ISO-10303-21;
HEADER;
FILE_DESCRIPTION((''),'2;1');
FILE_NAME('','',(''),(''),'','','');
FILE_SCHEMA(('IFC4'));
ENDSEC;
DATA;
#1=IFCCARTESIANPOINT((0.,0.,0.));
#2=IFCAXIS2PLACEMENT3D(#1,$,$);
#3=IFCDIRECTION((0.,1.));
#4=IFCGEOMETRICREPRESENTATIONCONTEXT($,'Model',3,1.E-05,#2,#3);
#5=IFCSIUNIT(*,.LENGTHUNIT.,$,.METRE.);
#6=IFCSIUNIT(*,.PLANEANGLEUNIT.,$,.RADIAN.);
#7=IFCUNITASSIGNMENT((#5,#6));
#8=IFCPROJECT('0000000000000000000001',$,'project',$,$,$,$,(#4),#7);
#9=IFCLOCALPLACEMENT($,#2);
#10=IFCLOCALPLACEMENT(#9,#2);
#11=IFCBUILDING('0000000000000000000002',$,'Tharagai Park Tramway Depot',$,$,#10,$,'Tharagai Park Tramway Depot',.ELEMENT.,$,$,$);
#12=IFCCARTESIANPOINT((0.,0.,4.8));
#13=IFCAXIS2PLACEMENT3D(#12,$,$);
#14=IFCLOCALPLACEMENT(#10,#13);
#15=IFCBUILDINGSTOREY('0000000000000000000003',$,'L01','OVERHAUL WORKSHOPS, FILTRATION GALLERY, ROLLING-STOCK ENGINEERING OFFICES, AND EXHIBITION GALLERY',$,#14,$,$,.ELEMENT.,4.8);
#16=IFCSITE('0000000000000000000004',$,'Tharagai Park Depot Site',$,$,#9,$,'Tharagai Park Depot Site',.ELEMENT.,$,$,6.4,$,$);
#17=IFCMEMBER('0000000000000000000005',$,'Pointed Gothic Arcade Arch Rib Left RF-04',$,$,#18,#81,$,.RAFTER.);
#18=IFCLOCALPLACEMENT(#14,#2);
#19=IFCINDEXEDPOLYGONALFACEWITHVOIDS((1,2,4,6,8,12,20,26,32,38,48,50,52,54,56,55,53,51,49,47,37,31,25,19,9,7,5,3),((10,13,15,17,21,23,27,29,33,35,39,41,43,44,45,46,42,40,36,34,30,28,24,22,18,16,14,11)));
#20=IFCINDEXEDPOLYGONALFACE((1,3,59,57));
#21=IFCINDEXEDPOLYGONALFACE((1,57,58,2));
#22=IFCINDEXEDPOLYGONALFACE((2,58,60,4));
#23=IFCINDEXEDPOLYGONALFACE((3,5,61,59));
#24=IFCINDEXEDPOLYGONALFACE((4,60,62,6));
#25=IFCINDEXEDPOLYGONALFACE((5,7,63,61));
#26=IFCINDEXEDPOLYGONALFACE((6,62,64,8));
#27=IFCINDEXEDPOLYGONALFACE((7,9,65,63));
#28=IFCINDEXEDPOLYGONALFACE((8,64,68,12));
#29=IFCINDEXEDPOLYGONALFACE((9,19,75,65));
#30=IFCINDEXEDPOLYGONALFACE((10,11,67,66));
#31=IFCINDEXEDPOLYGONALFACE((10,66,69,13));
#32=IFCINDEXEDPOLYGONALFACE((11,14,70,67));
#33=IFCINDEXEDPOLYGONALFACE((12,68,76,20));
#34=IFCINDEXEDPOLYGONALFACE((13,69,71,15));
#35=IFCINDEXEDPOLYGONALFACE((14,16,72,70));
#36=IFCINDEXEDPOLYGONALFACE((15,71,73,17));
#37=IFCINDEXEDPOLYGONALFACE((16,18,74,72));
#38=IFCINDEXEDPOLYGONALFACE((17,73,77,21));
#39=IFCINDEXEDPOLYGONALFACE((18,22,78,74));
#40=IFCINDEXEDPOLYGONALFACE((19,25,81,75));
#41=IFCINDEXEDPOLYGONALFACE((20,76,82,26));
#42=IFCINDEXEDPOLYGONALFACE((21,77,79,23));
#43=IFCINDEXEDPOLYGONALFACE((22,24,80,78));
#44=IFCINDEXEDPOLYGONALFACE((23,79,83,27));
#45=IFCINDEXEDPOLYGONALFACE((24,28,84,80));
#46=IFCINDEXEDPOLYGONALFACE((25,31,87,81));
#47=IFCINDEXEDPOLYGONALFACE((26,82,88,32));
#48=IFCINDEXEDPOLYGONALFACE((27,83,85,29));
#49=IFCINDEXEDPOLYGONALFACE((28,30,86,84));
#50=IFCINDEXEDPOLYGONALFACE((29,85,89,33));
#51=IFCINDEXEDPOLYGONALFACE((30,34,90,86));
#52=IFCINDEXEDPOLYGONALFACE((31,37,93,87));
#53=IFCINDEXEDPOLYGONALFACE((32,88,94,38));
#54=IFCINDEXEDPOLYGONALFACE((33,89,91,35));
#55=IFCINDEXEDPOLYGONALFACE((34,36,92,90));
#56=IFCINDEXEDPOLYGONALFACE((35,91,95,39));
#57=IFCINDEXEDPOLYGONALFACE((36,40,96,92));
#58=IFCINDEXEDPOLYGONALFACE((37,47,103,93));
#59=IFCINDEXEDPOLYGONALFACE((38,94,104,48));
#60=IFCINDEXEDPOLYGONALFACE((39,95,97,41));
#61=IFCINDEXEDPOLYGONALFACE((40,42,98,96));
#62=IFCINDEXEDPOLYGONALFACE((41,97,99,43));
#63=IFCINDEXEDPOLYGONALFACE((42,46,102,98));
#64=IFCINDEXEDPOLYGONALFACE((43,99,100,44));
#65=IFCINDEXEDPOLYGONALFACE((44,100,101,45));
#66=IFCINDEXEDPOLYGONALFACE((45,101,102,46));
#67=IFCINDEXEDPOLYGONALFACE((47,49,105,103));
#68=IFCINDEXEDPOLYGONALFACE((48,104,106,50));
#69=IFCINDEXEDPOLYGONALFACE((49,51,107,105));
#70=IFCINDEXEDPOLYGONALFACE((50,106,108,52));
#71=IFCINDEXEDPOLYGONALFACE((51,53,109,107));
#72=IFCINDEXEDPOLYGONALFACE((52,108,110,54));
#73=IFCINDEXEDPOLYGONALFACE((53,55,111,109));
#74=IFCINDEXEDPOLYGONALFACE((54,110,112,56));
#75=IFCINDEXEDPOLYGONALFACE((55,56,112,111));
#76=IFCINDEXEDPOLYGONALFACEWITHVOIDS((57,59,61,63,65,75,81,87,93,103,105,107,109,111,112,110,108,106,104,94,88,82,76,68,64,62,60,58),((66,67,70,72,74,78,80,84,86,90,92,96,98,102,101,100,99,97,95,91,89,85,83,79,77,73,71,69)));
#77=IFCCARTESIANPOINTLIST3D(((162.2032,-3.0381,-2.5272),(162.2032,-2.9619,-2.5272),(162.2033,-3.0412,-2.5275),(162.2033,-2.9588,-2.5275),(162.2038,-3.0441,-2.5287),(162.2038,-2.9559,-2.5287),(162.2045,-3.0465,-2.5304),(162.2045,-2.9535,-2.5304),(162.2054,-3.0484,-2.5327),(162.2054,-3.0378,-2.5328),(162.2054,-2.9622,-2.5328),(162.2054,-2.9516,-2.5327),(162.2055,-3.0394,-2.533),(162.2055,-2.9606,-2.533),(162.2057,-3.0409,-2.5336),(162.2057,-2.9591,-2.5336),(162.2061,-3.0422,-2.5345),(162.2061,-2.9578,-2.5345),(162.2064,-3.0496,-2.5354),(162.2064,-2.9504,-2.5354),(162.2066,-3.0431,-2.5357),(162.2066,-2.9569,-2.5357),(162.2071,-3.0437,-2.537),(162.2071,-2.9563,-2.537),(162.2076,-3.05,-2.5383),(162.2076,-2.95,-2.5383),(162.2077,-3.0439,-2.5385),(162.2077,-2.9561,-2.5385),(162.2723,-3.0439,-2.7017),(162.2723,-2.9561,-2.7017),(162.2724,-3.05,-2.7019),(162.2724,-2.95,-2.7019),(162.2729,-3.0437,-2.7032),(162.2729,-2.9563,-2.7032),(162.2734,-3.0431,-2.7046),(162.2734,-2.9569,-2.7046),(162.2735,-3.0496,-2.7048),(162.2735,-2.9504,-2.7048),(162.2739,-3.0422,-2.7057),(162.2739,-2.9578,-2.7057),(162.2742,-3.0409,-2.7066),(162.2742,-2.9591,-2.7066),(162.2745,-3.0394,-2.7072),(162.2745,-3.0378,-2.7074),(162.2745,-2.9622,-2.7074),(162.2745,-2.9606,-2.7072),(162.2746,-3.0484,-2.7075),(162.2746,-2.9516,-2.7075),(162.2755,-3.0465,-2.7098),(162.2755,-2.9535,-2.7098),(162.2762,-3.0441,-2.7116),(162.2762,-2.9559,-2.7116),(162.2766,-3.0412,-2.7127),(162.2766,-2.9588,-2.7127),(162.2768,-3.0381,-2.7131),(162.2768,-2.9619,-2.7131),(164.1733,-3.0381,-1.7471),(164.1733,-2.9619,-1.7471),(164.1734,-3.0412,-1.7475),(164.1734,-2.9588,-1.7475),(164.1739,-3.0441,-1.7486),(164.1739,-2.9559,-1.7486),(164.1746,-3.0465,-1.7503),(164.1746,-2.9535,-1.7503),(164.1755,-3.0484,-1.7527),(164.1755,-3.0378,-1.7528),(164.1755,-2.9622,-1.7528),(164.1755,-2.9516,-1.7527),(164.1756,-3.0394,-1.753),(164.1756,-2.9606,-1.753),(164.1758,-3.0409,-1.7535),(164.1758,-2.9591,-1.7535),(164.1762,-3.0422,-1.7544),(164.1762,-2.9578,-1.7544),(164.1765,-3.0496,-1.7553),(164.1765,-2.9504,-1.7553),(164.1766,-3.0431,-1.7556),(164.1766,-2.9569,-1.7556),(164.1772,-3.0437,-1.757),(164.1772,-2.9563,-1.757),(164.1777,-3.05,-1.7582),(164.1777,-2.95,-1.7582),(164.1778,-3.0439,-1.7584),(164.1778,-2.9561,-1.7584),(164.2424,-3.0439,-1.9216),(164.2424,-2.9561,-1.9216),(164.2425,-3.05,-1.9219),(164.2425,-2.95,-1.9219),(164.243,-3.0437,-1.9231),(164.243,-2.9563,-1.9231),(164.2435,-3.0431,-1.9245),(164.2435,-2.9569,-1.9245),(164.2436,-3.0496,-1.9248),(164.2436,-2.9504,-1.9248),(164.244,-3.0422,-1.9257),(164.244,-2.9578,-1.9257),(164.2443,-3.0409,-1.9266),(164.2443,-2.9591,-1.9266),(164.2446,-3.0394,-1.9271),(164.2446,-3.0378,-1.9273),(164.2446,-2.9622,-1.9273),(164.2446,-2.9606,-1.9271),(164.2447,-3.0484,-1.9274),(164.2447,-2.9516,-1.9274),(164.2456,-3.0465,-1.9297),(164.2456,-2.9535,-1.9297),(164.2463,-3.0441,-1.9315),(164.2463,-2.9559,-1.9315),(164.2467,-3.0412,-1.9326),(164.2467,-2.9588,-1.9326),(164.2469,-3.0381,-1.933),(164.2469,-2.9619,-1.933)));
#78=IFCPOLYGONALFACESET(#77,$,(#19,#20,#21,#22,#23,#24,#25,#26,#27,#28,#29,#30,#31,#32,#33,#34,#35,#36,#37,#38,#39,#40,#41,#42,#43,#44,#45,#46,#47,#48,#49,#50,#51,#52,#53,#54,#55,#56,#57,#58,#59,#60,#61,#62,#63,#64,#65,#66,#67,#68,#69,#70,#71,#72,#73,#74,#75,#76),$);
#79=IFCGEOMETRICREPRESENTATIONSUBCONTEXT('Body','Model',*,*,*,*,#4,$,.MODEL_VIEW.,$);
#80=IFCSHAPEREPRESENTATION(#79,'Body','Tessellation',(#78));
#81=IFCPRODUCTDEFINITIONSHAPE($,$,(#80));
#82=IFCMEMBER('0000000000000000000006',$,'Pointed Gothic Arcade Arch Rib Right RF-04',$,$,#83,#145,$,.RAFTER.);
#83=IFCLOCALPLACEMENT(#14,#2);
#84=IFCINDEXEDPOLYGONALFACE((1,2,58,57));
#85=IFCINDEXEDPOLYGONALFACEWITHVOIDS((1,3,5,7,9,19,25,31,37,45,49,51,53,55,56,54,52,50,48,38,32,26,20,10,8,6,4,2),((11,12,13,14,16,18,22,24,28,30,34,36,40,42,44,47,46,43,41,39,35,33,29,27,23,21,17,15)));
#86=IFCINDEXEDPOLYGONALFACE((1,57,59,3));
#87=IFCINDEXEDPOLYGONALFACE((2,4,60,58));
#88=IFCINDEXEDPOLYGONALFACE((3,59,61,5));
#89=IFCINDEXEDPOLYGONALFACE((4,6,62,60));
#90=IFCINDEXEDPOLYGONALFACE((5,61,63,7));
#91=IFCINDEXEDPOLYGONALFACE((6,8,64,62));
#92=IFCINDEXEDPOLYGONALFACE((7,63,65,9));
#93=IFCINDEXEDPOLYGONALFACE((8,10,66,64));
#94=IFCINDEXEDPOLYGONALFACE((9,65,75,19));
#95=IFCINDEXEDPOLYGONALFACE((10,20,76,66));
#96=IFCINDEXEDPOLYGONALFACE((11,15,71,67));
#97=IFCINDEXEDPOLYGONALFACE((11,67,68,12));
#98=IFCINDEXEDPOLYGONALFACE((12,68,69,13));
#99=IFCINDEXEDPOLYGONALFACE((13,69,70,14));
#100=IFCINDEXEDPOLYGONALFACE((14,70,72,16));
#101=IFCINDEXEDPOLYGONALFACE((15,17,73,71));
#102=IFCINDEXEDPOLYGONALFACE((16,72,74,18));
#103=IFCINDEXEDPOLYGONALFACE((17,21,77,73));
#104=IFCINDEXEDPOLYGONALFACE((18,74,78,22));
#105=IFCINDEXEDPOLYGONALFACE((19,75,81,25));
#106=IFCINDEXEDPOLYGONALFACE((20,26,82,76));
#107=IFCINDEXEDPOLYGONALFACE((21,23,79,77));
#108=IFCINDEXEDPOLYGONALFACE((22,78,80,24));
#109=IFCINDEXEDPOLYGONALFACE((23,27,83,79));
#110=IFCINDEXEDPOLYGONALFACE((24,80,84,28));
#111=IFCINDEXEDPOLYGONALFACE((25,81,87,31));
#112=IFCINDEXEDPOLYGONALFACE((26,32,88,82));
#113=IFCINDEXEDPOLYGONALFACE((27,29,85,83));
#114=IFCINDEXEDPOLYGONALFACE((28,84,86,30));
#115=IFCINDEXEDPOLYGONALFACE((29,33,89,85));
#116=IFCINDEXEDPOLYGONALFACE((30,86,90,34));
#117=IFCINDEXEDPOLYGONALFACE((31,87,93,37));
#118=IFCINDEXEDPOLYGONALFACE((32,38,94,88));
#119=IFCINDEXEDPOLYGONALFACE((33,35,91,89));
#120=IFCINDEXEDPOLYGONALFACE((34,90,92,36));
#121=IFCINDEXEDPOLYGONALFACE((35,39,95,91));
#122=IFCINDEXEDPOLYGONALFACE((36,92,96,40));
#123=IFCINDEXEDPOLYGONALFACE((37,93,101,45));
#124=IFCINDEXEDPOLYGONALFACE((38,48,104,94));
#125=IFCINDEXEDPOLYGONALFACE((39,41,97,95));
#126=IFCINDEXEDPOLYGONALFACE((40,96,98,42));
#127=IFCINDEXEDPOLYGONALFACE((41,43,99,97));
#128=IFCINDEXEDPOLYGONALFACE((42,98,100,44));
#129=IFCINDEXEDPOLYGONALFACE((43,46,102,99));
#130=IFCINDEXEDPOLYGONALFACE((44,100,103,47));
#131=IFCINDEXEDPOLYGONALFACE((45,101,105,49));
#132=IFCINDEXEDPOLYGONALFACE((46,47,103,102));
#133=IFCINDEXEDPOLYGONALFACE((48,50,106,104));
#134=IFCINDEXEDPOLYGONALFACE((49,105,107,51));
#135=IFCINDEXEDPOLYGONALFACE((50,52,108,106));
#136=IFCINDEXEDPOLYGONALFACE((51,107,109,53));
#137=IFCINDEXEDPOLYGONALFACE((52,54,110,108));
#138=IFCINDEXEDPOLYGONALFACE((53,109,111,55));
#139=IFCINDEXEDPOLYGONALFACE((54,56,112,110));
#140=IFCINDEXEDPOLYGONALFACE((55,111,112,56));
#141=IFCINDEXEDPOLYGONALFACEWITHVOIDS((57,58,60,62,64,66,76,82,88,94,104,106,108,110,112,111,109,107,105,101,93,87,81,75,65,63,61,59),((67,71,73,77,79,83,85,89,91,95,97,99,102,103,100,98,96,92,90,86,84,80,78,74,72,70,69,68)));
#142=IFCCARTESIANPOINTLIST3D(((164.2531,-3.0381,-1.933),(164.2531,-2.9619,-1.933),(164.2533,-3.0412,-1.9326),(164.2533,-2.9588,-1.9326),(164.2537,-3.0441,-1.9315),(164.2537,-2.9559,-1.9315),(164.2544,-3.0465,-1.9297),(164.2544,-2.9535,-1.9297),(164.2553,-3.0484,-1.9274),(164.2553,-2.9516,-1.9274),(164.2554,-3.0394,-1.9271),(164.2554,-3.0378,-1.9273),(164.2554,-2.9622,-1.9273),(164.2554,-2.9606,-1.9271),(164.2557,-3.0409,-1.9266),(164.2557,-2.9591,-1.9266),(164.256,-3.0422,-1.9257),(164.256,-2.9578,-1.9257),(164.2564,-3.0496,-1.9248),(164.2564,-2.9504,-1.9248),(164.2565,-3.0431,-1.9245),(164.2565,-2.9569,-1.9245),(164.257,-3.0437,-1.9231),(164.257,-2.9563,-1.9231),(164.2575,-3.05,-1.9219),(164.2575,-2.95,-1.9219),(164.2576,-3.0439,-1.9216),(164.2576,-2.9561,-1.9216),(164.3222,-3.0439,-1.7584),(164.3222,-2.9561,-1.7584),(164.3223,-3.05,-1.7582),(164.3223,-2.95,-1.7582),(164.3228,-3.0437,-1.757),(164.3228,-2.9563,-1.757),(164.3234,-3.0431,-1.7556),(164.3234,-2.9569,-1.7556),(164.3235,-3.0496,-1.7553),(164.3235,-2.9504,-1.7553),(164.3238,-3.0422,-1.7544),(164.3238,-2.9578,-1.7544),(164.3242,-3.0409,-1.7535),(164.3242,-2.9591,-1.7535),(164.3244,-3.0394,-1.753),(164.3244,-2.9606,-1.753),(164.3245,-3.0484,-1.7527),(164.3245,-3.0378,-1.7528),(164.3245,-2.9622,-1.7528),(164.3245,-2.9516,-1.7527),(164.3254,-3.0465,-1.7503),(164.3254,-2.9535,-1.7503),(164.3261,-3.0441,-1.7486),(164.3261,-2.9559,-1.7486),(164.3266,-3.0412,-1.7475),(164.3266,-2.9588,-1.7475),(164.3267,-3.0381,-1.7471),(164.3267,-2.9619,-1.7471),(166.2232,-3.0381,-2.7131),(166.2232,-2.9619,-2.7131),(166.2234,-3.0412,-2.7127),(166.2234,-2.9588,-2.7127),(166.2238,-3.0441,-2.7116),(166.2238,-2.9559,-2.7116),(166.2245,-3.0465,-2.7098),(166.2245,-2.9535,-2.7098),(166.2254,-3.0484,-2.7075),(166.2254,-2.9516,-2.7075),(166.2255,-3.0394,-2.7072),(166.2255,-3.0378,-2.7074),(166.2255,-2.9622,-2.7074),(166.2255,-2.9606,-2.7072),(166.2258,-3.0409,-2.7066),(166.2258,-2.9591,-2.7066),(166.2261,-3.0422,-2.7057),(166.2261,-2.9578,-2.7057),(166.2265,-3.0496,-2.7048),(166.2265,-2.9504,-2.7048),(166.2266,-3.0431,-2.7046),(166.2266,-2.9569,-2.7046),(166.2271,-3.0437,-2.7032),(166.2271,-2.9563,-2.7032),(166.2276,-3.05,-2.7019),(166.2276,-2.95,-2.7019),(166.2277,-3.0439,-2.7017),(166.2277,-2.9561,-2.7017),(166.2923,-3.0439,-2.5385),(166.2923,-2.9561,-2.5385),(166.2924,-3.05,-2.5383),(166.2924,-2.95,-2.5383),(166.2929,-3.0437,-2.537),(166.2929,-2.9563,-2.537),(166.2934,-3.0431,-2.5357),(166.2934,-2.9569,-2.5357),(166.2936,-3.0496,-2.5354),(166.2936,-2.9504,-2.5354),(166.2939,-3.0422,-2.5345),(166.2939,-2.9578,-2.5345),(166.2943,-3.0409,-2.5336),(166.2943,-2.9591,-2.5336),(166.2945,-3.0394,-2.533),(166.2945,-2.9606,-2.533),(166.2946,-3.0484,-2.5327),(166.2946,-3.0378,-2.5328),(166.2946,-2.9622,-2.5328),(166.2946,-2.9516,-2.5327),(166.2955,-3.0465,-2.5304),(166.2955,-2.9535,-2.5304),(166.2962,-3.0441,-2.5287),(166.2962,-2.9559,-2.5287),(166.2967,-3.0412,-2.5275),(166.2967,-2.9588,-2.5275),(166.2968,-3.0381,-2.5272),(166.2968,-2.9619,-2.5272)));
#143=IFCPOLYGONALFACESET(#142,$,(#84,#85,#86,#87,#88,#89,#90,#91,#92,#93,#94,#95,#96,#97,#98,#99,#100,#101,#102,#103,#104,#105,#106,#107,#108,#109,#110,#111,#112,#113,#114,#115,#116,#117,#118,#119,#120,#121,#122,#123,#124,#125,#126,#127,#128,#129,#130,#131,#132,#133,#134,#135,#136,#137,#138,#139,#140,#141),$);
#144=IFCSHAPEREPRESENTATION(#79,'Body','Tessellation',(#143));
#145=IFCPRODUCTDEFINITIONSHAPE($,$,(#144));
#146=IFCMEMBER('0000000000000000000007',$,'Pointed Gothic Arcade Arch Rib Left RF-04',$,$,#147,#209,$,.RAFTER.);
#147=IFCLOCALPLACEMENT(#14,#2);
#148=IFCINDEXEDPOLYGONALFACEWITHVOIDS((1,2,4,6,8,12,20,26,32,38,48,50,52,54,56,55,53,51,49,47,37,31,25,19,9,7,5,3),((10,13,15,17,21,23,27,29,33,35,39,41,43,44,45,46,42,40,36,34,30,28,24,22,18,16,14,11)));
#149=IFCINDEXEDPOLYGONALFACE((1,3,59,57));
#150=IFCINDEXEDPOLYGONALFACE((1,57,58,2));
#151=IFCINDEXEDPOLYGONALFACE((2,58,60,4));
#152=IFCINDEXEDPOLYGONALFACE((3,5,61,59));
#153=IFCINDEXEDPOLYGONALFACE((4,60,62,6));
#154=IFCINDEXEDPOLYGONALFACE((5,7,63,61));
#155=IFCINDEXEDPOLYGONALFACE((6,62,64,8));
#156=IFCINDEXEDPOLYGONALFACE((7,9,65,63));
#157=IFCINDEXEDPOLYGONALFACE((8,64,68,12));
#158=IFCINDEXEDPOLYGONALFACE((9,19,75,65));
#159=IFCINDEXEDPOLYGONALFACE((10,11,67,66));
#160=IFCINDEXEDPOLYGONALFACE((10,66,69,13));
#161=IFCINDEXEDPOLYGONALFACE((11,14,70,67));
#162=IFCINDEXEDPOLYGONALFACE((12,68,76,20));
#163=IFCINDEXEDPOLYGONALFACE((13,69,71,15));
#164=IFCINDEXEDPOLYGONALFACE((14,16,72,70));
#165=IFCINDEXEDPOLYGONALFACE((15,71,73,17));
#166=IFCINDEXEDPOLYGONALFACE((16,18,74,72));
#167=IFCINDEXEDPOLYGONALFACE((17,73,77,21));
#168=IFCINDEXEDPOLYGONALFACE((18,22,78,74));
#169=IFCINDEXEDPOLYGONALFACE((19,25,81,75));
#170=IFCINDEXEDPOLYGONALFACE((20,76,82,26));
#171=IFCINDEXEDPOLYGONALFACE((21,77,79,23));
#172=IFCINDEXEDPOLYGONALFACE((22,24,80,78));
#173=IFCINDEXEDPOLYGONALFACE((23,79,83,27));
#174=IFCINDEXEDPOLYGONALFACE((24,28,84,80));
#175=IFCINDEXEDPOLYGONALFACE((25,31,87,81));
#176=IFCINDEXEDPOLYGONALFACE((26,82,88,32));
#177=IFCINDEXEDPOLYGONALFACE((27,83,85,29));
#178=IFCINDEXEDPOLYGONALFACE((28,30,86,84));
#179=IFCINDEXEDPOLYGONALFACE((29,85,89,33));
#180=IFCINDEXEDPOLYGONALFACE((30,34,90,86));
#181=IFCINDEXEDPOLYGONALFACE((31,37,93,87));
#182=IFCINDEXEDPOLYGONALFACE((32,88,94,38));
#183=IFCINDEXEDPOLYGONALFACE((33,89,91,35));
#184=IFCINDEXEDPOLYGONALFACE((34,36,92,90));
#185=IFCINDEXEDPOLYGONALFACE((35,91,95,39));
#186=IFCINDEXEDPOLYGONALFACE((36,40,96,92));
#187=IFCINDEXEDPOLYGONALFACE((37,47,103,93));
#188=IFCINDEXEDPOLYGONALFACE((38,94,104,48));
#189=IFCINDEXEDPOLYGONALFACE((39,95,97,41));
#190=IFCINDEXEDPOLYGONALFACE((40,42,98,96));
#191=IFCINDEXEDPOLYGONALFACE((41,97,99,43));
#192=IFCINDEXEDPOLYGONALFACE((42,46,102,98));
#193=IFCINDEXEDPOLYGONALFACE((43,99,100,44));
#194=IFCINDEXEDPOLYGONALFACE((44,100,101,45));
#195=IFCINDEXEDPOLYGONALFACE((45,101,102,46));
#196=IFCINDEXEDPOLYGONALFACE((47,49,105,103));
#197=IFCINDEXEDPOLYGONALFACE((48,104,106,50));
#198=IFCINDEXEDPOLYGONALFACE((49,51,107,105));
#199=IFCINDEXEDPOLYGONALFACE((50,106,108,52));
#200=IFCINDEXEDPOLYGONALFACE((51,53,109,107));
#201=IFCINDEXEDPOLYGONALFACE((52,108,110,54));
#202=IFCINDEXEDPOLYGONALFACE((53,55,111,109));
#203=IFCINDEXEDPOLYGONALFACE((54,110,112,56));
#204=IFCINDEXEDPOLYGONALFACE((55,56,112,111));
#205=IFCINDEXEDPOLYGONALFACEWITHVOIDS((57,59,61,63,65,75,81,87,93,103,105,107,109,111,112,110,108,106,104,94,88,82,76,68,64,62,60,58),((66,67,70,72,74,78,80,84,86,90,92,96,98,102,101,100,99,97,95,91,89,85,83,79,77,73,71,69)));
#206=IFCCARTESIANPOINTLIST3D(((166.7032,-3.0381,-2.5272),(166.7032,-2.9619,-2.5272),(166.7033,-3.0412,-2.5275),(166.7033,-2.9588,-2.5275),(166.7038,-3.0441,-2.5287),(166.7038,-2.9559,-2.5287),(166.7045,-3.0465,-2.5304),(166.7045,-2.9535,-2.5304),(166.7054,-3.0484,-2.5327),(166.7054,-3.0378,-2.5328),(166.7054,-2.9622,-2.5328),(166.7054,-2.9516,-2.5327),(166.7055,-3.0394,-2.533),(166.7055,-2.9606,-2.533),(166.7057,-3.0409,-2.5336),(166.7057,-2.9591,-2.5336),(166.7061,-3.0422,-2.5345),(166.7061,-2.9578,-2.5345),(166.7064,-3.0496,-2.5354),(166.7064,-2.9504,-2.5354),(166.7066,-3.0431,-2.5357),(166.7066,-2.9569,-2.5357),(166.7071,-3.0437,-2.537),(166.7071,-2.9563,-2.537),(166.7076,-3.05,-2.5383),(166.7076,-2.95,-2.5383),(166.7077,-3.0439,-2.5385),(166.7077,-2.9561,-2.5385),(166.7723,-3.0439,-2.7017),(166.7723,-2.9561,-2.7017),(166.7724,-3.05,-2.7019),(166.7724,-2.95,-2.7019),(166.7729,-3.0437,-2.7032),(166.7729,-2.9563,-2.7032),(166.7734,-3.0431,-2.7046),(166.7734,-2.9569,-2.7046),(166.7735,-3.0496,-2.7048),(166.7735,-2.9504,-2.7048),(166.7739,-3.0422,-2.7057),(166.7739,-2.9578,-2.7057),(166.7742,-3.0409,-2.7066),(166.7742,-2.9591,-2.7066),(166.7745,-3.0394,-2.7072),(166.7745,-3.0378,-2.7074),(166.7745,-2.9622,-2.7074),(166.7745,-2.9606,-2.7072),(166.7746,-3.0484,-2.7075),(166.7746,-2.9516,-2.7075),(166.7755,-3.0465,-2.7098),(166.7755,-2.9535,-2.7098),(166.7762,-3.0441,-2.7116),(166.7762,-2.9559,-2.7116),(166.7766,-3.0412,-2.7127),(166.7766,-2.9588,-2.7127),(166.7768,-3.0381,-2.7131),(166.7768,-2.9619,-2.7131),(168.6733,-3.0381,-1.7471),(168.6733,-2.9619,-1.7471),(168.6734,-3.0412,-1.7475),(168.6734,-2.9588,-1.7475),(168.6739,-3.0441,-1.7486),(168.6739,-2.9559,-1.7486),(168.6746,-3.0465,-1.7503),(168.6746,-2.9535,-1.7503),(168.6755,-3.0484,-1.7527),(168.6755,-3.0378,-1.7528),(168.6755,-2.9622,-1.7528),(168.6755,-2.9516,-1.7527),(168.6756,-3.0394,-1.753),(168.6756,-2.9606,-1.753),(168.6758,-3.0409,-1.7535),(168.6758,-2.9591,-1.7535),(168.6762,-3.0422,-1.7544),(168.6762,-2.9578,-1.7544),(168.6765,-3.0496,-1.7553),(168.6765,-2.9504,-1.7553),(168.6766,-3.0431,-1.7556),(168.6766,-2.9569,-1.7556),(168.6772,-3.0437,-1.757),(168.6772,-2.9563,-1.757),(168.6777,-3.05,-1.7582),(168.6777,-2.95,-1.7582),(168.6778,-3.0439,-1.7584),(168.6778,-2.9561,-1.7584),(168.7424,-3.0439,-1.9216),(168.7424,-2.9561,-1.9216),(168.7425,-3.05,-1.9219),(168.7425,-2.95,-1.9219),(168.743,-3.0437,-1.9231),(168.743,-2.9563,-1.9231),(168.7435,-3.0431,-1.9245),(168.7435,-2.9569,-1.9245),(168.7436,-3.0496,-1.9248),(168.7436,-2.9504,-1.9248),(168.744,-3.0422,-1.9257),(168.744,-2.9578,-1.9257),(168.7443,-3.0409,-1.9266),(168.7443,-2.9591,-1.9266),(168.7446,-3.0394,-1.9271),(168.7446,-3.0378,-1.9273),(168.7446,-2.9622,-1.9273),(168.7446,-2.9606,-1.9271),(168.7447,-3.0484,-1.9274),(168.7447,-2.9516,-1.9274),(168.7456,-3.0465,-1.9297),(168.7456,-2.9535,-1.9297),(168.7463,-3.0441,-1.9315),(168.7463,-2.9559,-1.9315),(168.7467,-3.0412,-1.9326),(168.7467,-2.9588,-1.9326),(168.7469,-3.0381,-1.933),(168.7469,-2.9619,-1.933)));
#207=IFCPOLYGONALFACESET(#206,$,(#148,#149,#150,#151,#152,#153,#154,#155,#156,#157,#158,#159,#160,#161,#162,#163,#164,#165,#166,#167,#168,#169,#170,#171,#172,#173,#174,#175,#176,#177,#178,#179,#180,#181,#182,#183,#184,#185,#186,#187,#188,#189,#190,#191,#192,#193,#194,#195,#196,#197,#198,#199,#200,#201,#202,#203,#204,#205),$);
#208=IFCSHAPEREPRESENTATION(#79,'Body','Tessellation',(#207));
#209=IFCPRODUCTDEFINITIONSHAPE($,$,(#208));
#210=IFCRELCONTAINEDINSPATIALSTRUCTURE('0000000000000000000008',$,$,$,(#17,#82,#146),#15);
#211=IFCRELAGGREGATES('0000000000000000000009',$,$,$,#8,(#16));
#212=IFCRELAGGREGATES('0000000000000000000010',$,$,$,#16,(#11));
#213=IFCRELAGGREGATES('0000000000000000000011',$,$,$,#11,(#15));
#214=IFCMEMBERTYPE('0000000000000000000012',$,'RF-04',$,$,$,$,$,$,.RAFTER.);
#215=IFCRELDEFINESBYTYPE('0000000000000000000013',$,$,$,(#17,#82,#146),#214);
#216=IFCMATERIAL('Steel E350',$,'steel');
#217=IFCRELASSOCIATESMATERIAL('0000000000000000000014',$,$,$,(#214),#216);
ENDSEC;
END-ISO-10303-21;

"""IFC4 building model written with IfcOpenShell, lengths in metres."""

from ifc_helpers import new_model, si_unit, direction, frame, origin, origin_2d, place, context, subcontext, project, spatial, hollow_rectangle, extrude, material, material_profile, profile_set, type_object, element, save


model = new_model("IFC4")

# Units and contexts
model_context = context("Model", 3, precision=1e-05, world=origin(), true_north=direction((0.0, 1.0)))
body_context = subcontext(model_context, "Body", "Model", "MODEL_VIEW")
ifc_project = project(units=[si_unit("LENGTHUNIT", "METRE"), si_unit("PLANEANGLEUNIT", "RADIAN")], contexts=[model_context])

# Site, building, storey
site_placement = place(None, origin())
site = spatial("IfcSite", under=ifc_project, at=site_placement, Name="Tharagai Park Depot Site", LongName="Tharagai Park Depot Site", CompositionType="ELEMENT", RefElevation=6.4)
building_placement = place(site_placement, origin())
building = spatial("IfcBuilding", under=site, at=building_placement, Name="Tharagai Park Tramway Depot", LongName="Tharagai Park Tramway Depot", CompositionType="ELEMENT")
storey_placement = place(building_placement, frame((0.0, 0.0, 4.8)))
storey = spatial("IfcBuildingStorey", under=building, at=storey_placement, Name="L01", Description="OVERHAUL WORKSHOPS, FILTRATION GALLERY, ROLLING-STOCK ENGINEERING OFFICES, AND EXHIBITION GALLERY", CompositionType="ELEMENT", Elevation=4.8)

# Shared definitions
ifc_material_1 = material(Name="Steel E350", Category="steel")

# Members
ifc_material_profile_1 = material_profile(ifc_material_1, hollow_rectangle(XDim=0.1001, YDim=0.2, WallThickness=0.0061, InnerFilletRadius=0.0061, OuterFilletRadius=0.012, at=origin_2d()), Name="RHS 200x100x6")
ifc_profile_set_1 = profile_set([ifc_material_profile_1], Name="Steel E350")
member_type_1 = type_object("IfcMemberType", Name="RF-04", PredefinedType="RAFTER", material=ifc_profile_set_1)
for number, where, z_axis, x_axis, name in (
    (1, (162.24, -3.0, -2.6201), (0.929766, 0.0, 0.36815), (0.0, 1.0, 0.0), "Pointed Gothic Arcade Arch Rib Left RF-04"),
    (2, (166.26, -3.0, -2.6201), (-0.929766, 0.0, 0.36815), (0.0, -1.0, 0.0), "Pointed Gothic Arcade Arch Rib Right RF-04"),
    (3, (166.74, -3.0, -2.6201), (0.929766, 0.0, 0.36815), (0.0, 1.0, 0.0), "Pointed Gothic Arcade Arch Rib Left RF-04"),
):
    element("IfcMember", number, at=place(storey_placement, frame(where, z_axis=z_axis, x_axis=x_axis)), inside=storey, type_object=member_type_1, Name=name, PredefinedType="RAFTER", context=body_context, shape_type="SweptSolid", body=[
        extrude(hollow_rectangle(XDim=0.1001, YDim=0.2, WallThickness=0.0061, InnerFilletRadius=0.0061, OuterFilletRadius=0.012, at=origin_2d()), origin(), (0.0, 0.0, 1.0), 2.1189),
    ])

save(model, "model.ifc")
